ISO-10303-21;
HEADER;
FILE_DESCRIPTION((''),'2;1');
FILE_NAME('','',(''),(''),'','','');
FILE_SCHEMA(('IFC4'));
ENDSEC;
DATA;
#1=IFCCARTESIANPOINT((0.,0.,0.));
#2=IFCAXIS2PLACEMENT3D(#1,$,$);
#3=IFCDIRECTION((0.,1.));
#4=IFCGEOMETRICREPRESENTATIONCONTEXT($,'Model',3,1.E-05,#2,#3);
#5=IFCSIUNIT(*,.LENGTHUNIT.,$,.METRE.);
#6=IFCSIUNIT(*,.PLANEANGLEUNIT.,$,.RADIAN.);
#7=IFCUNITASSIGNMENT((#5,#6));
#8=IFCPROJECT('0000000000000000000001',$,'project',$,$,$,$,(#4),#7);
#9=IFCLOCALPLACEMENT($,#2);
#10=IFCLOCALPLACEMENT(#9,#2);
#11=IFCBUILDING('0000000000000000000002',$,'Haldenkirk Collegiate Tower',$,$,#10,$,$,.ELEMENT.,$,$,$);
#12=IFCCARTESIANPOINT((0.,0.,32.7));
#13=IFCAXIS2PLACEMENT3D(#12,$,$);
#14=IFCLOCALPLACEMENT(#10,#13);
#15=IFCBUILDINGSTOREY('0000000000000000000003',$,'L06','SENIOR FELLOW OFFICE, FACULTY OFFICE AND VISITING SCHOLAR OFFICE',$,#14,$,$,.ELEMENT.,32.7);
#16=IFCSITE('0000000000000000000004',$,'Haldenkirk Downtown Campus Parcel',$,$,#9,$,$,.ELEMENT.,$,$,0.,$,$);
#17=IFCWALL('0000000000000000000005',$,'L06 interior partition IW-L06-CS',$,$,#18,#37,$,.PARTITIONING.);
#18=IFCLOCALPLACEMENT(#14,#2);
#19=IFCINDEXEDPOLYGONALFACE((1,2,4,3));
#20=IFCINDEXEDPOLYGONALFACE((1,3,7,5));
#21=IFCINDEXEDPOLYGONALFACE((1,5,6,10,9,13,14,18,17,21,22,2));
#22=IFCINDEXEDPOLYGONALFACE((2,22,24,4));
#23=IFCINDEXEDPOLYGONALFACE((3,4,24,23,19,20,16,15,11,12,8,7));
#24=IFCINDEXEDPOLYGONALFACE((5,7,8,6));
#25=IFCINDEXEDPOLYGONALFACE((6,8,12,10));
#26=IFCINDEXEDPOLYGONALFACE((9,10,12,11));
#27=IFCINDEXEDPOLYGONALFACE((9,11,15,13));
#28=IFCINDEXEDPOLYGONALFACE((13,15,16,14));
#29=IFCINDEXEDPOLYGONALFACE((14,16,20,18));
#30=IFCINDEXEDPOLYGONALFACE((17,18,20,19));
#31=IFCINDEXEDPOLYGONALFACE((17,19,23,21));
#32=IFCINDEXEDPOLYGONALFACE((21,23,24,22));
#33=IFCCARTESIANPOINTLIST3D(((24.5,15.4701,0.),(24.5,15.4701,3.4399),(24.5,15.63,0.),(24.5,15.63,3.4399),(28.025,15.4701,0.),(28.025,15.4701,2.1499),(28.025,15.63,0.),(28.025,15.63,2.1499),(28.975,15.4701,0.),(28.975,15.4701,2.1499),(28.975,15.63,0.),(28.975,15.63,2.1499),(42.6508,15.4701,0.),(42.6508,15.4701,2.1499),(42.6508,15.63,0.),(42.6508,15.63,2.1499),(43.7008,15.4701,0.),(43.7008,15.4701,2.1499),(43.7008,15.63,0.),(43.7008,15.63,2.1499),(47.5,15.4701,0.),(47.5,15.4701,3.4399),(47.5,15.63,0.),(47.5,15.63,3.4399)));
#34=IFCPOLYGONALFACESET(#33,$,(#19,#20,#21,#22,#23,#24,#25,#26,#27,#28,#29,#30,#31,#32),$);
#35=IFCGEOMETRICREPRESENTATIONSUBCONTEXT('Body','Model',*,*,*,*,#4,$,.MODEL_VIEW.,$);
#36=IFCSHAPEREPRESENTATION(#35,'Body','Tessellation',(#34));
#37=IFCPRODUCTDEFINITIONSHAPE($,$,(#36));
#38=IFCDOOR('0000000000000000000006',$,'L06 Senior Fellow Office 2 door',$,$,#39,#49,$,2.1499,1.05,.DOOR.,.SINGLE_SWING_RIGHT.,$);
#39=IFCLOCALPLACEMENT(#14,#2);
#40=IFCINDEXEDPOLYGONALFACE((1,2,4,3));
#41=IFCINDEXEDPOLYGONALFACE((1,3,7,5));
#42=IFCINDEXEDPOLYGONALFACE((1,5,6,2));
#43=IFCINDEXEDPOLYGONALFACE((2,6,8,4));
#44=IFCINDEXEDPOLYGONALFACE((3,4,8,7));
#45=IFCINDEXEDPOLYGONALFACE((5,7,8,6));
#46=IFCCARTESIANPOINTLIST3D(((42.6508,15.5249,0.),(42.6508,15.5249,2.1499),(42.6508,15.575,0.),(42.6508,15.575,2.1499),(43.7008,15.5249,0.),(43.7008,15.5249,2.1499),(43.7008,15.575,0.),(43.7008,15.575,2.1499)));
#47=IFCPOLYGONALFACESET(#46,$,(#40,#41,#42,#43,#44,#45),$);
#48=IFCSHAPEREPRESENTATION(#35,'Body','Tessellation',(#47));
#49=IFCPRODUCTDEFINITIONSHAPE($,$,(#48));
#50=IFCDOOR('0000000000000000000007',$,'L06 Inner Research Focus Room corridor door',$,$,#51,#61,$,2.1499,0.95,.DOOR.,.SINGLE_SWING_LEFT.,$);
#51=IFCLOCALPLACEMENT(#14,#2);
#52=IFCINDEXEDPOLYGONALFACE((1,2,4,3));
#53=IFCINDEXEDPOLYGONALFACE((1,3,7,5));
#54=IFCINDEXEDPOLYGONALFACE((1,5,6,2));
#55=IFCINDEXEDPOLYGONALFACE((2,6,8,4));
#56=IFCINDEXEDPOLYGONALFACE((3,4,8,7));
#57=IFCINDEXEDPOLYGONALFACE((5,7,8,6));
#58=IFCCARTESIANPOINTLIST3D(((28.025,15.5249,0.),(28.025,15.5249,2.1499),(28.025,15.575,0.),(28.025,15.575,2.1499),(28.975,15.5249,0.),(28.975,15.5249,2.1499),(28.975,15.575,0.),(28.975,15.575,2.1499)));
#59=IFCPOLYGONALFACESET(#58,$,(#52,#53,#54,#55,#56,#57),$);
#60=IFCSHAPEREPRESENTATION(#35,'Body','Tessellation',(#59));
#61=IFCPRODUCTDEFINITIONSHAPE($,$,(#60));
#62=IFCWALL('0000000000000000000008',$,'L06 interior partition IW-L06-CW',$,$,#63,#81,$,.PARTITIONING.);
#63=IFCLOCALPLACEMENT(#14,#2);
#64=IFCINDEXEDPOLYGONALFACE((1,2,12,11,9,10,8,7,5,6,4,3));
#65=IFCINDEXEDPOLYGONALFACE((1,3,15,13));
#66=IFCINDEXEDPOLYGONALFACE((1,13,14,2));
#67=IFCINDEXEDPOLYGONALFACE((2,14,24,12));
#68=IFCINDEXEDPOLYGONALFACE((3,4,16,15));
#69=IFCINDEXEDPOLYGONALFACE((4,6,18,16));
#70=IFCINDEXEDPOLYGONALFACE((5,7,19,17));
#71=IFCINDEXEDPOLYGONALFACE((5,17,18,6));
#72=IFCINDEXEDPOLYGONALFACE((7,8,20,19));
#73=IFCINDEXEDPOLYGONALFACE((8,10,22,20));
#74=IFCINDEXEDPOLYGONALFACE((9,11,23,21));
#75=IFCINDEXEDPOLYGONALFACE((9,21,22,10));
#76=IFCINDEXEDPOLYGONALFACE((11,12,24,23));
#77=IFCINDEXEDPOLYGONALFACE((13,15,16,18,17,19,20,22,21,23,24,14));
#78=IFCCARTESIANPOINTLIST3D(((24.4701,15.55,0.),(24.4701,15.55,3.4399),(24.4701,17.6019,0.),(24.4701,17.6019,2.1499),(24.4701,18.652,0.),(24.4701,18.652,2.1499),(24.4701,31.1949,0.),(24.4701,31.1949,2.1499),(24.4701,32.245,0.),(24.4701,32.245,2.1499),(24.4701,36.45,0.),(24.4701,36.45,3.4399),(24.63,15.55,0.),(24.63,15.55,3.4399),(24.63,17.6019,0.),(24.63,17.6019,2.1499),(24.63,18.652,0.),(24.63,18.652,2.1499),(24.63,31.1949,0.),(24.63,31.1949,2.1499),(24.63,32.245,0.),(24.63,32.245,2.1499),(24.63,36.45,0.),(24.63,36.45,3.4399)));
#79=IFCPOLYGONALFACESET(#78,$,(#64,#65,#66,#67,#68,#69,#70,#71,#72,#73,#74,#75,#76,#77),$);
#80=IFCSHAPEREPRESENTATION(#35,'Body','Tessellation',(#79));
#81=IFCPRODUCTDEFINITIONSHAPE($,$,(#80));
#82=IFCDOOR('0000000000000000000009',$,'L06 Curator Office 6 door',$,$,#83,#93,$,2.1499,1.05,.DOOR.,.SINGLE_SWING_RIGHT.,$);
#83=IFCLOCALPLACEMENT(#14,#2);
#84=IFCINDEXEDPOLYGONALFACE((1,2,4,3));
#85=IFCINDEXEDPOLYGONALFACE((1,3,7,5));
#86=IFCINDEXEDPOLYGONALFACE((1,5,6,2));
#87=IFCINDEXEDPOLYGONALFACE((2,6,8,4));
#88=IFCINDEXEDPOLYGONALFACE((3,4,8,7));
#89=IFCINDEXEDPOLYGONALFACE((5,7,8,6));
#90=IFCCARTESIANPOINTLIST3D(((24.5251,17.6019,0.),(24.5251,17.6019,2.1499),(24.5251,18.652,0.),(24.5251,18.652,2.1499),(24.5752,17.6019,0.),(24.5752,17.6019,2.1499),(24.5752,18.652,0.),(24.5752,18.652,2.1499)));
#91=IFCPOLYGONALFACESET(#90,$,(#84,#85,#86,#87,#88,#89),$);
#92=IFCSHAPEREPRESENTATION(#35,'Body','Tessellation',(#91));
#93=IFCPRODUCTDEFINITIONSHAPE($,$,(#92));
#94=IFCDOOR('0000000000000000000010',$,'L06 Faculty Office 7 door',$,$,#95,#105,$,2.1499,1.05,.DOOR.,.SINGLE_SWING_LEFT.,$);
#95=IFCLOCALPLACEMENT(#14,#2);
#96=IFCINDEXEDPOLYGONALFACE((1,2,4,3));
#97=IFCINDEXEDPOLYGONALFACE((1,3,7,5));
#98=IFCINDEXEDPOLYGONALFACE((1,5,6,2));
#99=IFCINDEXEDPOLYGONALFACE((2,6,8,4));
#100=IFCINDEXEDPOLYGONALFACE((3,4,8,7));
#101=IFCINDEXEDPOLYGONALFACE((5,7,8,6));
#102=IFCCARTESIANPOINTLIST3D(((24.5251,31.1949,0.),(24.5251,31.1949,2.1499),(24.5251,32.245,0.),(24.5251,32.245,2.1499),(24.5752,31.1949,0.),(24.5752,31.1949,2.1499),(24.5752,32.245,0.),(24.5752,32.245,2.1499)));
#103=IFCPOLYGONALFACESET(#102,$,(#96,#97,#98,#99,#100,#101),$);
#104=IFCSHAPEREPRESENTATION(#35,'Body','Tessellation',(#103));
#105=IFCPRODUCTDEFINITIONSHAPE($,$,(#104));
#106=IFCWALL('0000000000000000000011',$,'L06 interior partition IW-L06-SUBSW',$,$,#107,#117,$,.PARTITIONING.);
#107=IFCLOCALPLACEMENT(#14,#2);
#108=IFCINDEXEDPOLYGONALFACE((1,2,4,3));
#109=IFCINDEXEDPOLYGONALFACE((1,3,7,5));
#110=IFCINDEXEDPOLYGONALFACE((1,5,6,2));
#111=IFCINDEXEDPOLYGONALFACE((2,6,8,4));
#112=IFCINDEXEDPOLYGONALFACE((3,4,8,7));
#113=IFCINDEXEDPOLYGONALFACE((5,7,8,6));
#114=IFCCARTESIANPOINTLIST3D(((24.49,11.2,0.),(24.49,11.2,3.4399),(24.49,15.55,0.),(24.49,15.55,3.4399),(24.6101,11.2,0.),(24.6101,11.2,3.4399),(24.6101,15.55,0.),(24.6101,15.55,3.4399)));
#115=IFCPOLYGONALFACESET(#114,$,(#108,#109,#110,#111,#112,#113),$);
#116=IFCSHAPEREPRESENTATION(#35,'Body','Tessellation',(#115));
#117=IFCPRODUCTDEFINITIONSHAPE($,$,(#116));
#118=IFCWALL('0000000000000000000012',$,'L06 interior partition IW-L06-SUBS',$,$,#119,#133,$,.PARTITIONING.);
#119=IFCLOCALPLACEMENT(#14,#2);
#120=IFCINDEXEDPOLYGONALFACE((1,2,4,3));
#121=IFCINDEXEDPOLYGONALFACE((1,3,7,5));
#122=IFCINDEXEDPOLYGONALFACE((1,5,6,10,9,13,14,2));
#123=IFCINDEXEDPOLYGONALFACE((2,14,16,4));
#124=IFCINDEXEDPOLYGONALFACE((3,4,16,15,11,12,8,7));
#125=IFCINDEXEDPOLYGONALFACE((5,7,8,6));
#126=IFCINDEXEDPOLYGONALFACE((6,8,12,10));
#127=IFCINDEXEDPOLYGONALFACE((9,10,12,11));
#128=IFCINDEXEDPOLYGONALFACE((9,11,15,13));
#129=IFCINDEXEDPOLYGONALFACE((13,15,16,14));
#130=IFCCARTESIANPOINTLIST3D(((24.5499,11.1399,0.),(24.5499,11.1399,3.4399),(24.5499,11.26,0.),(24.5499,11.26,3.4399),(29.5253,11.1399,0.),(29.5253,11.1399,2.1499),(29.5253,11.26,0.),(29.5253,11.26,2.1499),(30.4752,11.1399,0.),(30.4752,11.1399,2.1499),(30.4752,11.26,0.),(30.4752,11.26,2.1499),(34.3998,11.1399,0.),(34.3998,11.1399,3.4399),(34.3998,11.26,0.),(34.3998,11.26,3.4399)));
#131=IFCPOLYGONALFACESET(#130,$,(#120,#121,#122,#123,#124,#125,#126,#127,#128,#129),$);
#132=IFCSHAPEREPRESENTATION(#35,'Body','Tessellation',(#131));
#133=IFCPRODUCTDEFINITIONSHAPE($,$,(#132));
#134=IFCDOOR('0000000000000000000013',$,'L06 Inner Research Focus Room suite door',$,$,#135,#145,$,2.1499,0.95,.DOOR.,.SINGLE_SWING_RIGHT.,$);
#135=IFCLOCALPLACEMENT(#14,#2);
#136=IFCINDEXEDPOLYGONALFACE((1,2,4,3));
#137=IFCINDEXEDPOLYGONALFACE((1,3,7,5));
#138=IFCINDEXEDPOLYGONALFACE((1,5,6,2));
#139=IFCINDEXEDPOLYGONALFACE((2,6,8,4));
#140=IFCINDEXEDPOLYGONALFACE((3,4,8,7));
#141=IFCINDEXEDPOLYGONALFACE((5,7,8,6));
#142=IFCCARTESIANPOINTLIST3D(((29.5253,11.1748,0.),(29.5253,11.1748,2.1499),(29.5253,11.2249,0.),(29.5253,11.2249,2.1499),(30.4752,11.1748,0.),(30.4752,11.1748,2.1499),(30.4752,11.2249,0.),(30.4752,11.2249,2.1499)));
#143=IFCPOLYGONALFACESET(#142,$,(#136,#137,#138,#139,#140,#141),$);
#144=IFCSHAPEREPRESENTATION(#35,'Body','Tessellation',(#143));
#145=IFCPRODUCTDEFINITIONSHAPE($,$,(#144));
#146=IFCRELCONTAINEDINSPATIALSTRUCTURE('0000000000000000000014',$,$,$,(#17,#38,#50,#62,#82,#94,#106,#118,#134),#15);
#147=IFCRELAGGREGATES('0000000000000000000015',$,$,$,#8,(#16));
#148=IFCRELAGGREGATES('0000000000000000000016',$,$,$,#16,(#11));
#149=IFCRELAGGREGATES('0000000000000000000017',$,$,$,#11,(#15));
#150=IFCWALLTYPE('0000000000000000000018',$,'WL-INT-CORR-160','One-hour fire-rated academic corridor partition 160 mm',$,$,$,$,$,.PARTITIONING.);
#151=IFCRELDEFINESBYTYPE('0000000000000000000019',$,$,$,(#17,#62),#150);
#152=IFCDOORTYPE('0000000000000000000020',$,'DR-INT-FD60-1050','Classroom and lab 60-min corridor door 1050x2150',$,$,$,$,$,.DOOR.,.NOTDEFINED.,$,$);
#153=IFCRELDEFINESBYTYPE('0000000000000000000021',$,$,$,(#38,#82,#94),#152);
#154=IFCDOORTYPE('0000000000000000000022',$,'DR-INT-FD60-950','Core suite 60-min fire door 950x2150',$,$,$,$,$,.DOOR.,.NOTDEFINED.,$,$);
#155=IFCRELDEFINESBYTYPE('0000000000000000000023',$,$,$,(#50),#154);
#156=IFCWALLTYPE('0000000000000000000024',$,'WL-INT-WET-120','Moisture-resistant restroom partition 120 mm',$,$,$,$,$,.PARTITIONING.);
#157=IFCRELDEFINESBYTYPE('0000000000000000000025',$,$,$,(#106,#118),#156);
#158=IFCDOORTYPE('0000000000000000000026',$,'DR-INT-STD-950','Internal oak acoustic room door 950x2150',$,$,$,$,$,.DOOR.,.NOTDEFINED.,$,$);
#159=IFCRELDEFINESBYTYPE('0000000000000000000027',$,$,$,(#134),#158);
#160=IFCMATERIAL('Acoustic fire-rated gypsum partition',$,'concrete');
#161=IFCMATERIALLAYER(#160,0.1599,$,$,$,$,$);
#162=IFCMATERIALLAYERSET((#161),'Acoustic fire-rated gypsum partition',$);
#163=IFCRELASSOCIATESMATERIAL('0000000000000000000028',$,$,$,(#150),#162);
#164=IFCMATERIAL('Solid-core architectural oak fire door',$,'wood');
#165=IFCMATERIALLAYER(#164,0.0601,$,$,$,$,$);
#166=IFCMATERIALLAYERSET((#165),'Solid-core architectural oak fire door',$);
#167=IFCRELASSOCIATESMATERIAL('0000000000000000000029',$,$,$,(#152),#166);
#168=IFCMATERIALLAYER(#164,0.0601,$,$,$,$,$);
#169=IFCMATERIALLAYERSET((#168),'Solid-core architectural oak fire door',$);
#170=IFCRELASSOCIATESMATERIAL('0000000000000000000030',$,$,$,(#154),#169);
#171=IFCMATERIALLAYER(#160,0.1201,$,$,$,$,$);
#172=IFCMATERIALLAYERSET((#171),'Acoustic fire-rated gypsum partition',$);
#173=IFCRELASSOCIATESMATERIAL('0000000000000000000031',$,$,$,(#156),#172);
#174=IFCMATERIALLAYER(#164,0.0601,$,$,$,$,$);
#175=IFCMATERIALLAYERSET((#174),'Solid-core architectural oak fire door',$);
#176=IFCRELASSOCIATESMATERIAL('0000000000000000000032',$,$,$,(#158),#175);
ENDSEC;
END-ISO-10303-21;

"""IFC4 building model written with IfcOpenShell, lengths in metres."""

from ifc_helpers import new_model, si_unit, direction, frame, frame_2d, origin, place, context, subcontext, project, spatial, rectangle, extrude, material, layer, layer_set, type_object, element, fill, save


model = new_model("IFC4")

# Units and contexts
model_context = context("Model", 3, precision=1e-05, world=origin(), true_north=direction((0.0, 1.0)))
body_context = subcontext(model_context, "Body", "Model", "MODEL_VIEW")
ifc_project = project(units=[si_unit("LENGTHUNIT", "METRE"), si_unit("PLANEANGLEUNIT", "RADIAN")], contexts=[model_context])

# Site, building, storey
site_placement = place(None, origin())
site = spatial("IfcSite", under=ifc_project, at=site_placement, Name="Haldenkirk Downtown Campus Parcel", CompositionType="ELEMENT", RefElevation=0.0)
building_placement = place(site_placement, origin())
building = spatial("IfcBuilding", under=site, at=building_placement, Name="Haldenkirk Collegiate Tower", CompositionType="ELEMENT")
storey_placement = place(building_placement, frame((0.0, 0.0, 32.7)))
storey = spatial("IfcBuildingStorey", under=building, at=storey_placement, Name="L06", Description="SENIOR FELLOW OFFICE, FACULTY OFFICE AND VISITING SCHOLAR OFFICE", CompositionType="ELEMENT", Elevation=32.7)

# Walls, openings, doors
ifc_material_1 = material(Name="Acoustic fire-rated gypsum partition", Category="concrete")
ifc_layer_1 = layer(ifc_material_1, 0.1599)
ifc_layer_set_1 = layer_set([ifc_layer_1], Name="Acoustic fire-rated gypsum partition")
wall_type_1 = type_object("IfcWallType", Name="WL-INT-CORR-160", Description="One-hour fire-rated academic corridor partition 160 mm", PredefinedType="PARTITIONING", material=ifc_layer_set_1)
wall_1_placement = place(storey_placement, frame((24.5, 15.55, 0.0), z_axis=(0.0, 0.0, 1.0), x_axis=(1.0, 0.0, 0.0)))
wall_1 = element("IfcWall", 1, at=wall_1_placement, inside=storey, type_object=wall_type_1, Name="L06 interior partition IW-L06-CS", PredefinedType="PARTITIONING", context=body_context, shape_type="SweptSolid", body=[
    extrude(rectangle(XDim=23.0, YDim=0.1599, at=frame_2d((11.5, 0.0))), origin(), (0.0, 0.0, 1.0), 3.4399),
])
opening_1_placement = place(wall_1_placement, frame((3.5249, 0.0, 0.0)))
opening_1 = element("IfcOpeningElement", 2, at=opening_1_placement, cuts=wall_1, PredefinedType="OPENING", context=body_context, shape_type="SweptSolid", body=[
    extrude(rectangle(XDim=0.95, YDim=2.1499, at=frame_2d((0.4751, 1.075))), frame((0.0, 0.0898, 0.0), z_axis=(0.0, -1.0, 0.0), x_axis=(1.0, 0.0, 0.0)), (0.0, 0.0, 1.0), 0.1799),
])
opening_2_placement = place(wall_1_placement, frame((18.1509, 0.0, 0.0)))
opening_2 = element("IfcOpeningElement", 3, at=opening_2_placement, cuts=wall_1, PredefinedType="OPENING", context=body_context, shape_type="SweptSolid", body=[
    extrude(rectangle(XDim=1.05, YDim=2.1499, at=frame_2d((0.5249, 1.075))), frame((0.0, 0.0898, 0.0), z_axis=(0.0, -1.0, 0.0), x_axis=(1.0, 0.0, 0.0)), (0.0, 0.0, 1.0), 0.1799),
])
ifc_material_2 = material(Name="Solid-core architectural oak fire door", Category="wood")
ifc_layer_2 = layer(ifc_material_2, 0.0601)
ifc_layer_set_2 = layer_set([ifc_layer_2], Name="Solid-core architectural oak fire door")
door_type_1 = type_object("IfcDoorType", Name="DR-INT-FD60-1050", Description="Classroom and lab 60-min corridor door 1050x2150", OperationType="NOTDEFINED", PredefinedType="DOOR", material=ifc_layer_set_2)
door_1_placement = place(opening_2_placement, origin())
door_1 = element("IfcDoor", 4, at=door_1_placement, inside=storey, type_object=door_type_1, Name="L06 Senior Fellow Office 2 door", OperationType="SINGLE_SWING_RIGHT", OverallHeight=2.1499, OverallWidth=1.05, PredefinedType="DOOR", context=body_context, shape_type="SweptSolid", body=[
    extrude(rectangle(XDim=1.05, YDim=2.1499, at=frame_2d((0.5249, 1.075))), frame((0.0, 0.0249, 0.0), z_axis=(0.0, -1.0, 0.0), x_axis=(1.0, 0.0, 0.0)), (0.0, 0.0, 1.0), 0.05),
])
fill(opening_2, door_1)
ifc_layer_3 = layer(ifc_material_2, 0.0601)
ifc_layer_set_3 = layer_set([ifc_layer_3], Name="Solid-core architectural oak fire door")
door_type_2 = type_object("IfcDoorType", Name="DR-INT-FD60-950", Description="Core suite 60-min fire door 950x2150", OperationType="NOTDEFINED", PredefinedType="DOOR", material=ifc_layer_set_3)
door_2_placement = place(opening_1_placement, origin())
door_2 = element("IfcDoor", 5, at=door_2_placement, inside=storey, type_object=door_type_2, Name="L06 Inner Research Focus Room corridor door", OperationType="SINGLE_SWING_LEFT", OverallHeight=2.1499, OverallWidth=0.95, PredefinedType="DOOR", context=body_context, shape_type="SweptSolid", body=[
    extrude(rectangle(XDim=0.95, YDim=2.1499, at=frame_2d((0.4751, 1.075))), frame((0.0, 0.0249, 0.0), z_axis=(0.0, -1.0, 0.0), x_axis=(1.0, 0.0, 0.0)), (0.0, 0.0, 1.0), 0.05),
])
fill(opening_1, door_2)
wall_2_placement = place(storey_placement, frame((24.55, 15.55, 0.0), z_axis=(0.0, 0.0, 1.0), x_axis=(0.0, 1.0, 0.0)))
wall_2 = element("IfcWall", 6, at=wall_2_placement, inside=storey, type_object=wall_type_1, Name="L06 interior partition IW-L06-CW", PredefinedType="PARTITIONING", context=body_context, shape_type="SweptSolid", body=[
    extrude(rectangle(XDim=20.8999, YDim=0.1599, at=frame_2d((10.45, 0.0))), origin(), (0.0, 0.0, 1.0), 3.4399),
])
opening_3_placement = place(wall_2_placement, frame((2.052, 0.0, 0.0)))
opening_3 = element("IfcOpeningElement", 7, at=opening_3_placement, cuts=wall_2, PredefinedType="OPENING", context=body_context, shape_type="SweptSolid", body=[
    extrude(rectangle(XDim=1.05, YDim=2.1499, at=frame_2d((0.5249, 1.075))), frame((0.0, 0.0898, 0.0), z_axis=(0.0, -1.0, 0.0), x_axis=(1.0, 0.0, 0.0)), (0.0, 0.0, 1.0), 0.1799),
])
opening_4_placement = place(wall_2_placement, frame((15.645, 0.0, 0.0)))
opening_4 = element("IfcOpeningElement", 8, at=opening_4_placement, cuts=wall_2, PredefinedType="OPENING", context=body_context, shape_type="SweptSolid", body=[
    extrude(rectangle(XDim=1.05, YDim=2.1499, at=frame_2d((0.5249, 1.075))), frame((0.0, 0.0898, 0.0), z_axis=(0.0, -1.0, 0.0), x_axis=(1.0, 0.0, 0.0)), (0.0, 0.0, 1.0), 0.1799),
])
door_3_placement = place(opening_3_placement, origin())
door_3 = element("IfcDoor", 9, at=door_3_placement, inside=storey, type_object=door_type_1, Name="L06 Curator Office 6 door", OperationType="SINGLE_SWING_RIGHT", OverallHeight=2.1499, OverallWidth=1.05, PredefinedType="DOOR", context=body_context, shape_type="SweptSolid", body=[
    extrude(rectangle(XDim=1.05, YDim=2.1499, at=frame_2d((0.5249, 1.075))), frame((0.0, 0.0249, 0.0), z_axis=(0.0, -1.0, 0.0), x_axis=(1.0, 0.0, 0.0)), (0.0, 0.0, 1.0), 0.05),
])
fill(opening_3, door_3)
door_4_placement = place(opening_4_placement, origin())
door_4 = element("IfcDoor", 10, at=door_4_placement, inside=storey, type_object=door_type_1, Name="L06 Faculty Office 7 door", OperationType="SINGLE_SWING_LEFT", OverallHeight=2.1499, OverallWidth=1.05, PredefinedType="DOOR", context=body_context, shape_type="SweptSolid", body=[
    extrude(rectangle(XDim=1.05, YDim=2.1499, at=frame_2d((0.5249, 1.075))), frame((0.0, 0.0249, 0.0), z_axis=(0.0, -1.0, 0.0), x_axis=(1.0, 0.0, 0.0)), (0.0, 0.0, 1.0), 0.05),
])
fill(opening_4, door_4)

# Wall
ifc_layer_4 = layer(ifc_material_1, 0.1201)
ifc_layer_set_4 = layer_set([ifc_layer_4], Name="Acoustic fire-rated gypsum partition")
wall_type_2 = type_object("IfcWallType", Name="WL-INT-WET-120", Description="Moisture-resistant restroom partition 120 mm", PredefinedType="PARTITIONING", material=ifc_layer_set_4)
wall_3_placement = place(storey_placement, frame((24.55, 11.2, 0.0), z_axis=(0.0, 0.0, 1.0), x_axis=(0.0, 1.0, 0.0)))
element("IfcWall", 11, at=wall_3_placement, inside=storey, type_object=wall_type_2, Name="L06 interior partition IW-L06-SUBSW", PredefinedType="PARTITIONING", context=body_context, shape_type="SweptSolid", body=[
    extrude(rectangle(XDim=4.3501, YDim=0.1201, at=frame_2d((2.175, 0.0))), origin(), (0.0, 0.0, 1.0), 3.4399),
])

# Wall, opening, door
wall_4_placement = place(storey_placement, frame((24.55, 11.2, 0.0), z_axis=(0.0, 0.0, 1.0), x_axis=(1.0, 0.0, 0.0)))
wall_4 = element("IfcWall", 12, at=wall_4_placement, inside=storey, type_object=wall_type_2, Name="L06 interior partition IW-L06-SUBS", PredefinedType="PARTITIONING", context=body_context, shape_type="SweptSolid", body=[
    extrude(rectangle(XDim=9.8499, YDim=0.1201, at=frame_2d((4.9248, 0.0))), origin(), (0.0, 0.0, 1.0), 3.4399),
])
opening_5_placement = place(wall_4_placement, frame((4.9751, 0.0, 0.0)))
opening_5 = element("IfcOpeningElement", 13, at=opening_5_placement, cuts=wall_4, PredefinedType="OPENING", context=body_context, shape_type="SweptSolid", body=[
    extrude(rectangle(XDim=0.95, YDim=2.1499, at=frame_2d((0.4751, 1.075))), frame((0.0, 0.0701, 0.0), z_axis=(0.0, -1.0, 0.0), x_axis=(1.0, 0.0, 0.0)), (0.0, 0.0, 1.0), 0.1401),
])
ifc_layer_5 = layer(ifc_material_2, 0.0601)
ifc_layer_set_5 = layer_set([ifc_layer_5], Name="Solid-core architectural oak fire door")
door_type_3 = type_object("IfcDoorType", Name="DR-INT-STD-950", Description="Internal oak acoustic room door 950x2150", OperationType="NOTDEFINED", PredefinedType="DOOR", material=ifc_layer_set_5)
door_5_placement = place(opening_5_placement, origin())
door_5 = element("IfcDoor", 14, at=door_5_placement, inside=storey, type_object=door_type_3, Name="L06 Inner Research Focus Room suite door", OperationType="SINGLE_SWING_RIGHT", OverallHeight=2.1499, OverallWidth=0.95, PredefinedType="DOOR", context=body_context, shape_type="SweptSolid", body=[
    extrude(rectangle(XDim=0.95, YDim=2.1499, at=frame_2d((0.4751, 1.075))), frame((0.0, 0.0249, 0.0), z_axis=(0.0, -1.0, 0.0), x_axis=(1.0, 0.0, 0.0)), (0.0, 0.0, 1.0), 0.05),
])
fill(opening_5, door_5)

save(model, "model.ifc")
